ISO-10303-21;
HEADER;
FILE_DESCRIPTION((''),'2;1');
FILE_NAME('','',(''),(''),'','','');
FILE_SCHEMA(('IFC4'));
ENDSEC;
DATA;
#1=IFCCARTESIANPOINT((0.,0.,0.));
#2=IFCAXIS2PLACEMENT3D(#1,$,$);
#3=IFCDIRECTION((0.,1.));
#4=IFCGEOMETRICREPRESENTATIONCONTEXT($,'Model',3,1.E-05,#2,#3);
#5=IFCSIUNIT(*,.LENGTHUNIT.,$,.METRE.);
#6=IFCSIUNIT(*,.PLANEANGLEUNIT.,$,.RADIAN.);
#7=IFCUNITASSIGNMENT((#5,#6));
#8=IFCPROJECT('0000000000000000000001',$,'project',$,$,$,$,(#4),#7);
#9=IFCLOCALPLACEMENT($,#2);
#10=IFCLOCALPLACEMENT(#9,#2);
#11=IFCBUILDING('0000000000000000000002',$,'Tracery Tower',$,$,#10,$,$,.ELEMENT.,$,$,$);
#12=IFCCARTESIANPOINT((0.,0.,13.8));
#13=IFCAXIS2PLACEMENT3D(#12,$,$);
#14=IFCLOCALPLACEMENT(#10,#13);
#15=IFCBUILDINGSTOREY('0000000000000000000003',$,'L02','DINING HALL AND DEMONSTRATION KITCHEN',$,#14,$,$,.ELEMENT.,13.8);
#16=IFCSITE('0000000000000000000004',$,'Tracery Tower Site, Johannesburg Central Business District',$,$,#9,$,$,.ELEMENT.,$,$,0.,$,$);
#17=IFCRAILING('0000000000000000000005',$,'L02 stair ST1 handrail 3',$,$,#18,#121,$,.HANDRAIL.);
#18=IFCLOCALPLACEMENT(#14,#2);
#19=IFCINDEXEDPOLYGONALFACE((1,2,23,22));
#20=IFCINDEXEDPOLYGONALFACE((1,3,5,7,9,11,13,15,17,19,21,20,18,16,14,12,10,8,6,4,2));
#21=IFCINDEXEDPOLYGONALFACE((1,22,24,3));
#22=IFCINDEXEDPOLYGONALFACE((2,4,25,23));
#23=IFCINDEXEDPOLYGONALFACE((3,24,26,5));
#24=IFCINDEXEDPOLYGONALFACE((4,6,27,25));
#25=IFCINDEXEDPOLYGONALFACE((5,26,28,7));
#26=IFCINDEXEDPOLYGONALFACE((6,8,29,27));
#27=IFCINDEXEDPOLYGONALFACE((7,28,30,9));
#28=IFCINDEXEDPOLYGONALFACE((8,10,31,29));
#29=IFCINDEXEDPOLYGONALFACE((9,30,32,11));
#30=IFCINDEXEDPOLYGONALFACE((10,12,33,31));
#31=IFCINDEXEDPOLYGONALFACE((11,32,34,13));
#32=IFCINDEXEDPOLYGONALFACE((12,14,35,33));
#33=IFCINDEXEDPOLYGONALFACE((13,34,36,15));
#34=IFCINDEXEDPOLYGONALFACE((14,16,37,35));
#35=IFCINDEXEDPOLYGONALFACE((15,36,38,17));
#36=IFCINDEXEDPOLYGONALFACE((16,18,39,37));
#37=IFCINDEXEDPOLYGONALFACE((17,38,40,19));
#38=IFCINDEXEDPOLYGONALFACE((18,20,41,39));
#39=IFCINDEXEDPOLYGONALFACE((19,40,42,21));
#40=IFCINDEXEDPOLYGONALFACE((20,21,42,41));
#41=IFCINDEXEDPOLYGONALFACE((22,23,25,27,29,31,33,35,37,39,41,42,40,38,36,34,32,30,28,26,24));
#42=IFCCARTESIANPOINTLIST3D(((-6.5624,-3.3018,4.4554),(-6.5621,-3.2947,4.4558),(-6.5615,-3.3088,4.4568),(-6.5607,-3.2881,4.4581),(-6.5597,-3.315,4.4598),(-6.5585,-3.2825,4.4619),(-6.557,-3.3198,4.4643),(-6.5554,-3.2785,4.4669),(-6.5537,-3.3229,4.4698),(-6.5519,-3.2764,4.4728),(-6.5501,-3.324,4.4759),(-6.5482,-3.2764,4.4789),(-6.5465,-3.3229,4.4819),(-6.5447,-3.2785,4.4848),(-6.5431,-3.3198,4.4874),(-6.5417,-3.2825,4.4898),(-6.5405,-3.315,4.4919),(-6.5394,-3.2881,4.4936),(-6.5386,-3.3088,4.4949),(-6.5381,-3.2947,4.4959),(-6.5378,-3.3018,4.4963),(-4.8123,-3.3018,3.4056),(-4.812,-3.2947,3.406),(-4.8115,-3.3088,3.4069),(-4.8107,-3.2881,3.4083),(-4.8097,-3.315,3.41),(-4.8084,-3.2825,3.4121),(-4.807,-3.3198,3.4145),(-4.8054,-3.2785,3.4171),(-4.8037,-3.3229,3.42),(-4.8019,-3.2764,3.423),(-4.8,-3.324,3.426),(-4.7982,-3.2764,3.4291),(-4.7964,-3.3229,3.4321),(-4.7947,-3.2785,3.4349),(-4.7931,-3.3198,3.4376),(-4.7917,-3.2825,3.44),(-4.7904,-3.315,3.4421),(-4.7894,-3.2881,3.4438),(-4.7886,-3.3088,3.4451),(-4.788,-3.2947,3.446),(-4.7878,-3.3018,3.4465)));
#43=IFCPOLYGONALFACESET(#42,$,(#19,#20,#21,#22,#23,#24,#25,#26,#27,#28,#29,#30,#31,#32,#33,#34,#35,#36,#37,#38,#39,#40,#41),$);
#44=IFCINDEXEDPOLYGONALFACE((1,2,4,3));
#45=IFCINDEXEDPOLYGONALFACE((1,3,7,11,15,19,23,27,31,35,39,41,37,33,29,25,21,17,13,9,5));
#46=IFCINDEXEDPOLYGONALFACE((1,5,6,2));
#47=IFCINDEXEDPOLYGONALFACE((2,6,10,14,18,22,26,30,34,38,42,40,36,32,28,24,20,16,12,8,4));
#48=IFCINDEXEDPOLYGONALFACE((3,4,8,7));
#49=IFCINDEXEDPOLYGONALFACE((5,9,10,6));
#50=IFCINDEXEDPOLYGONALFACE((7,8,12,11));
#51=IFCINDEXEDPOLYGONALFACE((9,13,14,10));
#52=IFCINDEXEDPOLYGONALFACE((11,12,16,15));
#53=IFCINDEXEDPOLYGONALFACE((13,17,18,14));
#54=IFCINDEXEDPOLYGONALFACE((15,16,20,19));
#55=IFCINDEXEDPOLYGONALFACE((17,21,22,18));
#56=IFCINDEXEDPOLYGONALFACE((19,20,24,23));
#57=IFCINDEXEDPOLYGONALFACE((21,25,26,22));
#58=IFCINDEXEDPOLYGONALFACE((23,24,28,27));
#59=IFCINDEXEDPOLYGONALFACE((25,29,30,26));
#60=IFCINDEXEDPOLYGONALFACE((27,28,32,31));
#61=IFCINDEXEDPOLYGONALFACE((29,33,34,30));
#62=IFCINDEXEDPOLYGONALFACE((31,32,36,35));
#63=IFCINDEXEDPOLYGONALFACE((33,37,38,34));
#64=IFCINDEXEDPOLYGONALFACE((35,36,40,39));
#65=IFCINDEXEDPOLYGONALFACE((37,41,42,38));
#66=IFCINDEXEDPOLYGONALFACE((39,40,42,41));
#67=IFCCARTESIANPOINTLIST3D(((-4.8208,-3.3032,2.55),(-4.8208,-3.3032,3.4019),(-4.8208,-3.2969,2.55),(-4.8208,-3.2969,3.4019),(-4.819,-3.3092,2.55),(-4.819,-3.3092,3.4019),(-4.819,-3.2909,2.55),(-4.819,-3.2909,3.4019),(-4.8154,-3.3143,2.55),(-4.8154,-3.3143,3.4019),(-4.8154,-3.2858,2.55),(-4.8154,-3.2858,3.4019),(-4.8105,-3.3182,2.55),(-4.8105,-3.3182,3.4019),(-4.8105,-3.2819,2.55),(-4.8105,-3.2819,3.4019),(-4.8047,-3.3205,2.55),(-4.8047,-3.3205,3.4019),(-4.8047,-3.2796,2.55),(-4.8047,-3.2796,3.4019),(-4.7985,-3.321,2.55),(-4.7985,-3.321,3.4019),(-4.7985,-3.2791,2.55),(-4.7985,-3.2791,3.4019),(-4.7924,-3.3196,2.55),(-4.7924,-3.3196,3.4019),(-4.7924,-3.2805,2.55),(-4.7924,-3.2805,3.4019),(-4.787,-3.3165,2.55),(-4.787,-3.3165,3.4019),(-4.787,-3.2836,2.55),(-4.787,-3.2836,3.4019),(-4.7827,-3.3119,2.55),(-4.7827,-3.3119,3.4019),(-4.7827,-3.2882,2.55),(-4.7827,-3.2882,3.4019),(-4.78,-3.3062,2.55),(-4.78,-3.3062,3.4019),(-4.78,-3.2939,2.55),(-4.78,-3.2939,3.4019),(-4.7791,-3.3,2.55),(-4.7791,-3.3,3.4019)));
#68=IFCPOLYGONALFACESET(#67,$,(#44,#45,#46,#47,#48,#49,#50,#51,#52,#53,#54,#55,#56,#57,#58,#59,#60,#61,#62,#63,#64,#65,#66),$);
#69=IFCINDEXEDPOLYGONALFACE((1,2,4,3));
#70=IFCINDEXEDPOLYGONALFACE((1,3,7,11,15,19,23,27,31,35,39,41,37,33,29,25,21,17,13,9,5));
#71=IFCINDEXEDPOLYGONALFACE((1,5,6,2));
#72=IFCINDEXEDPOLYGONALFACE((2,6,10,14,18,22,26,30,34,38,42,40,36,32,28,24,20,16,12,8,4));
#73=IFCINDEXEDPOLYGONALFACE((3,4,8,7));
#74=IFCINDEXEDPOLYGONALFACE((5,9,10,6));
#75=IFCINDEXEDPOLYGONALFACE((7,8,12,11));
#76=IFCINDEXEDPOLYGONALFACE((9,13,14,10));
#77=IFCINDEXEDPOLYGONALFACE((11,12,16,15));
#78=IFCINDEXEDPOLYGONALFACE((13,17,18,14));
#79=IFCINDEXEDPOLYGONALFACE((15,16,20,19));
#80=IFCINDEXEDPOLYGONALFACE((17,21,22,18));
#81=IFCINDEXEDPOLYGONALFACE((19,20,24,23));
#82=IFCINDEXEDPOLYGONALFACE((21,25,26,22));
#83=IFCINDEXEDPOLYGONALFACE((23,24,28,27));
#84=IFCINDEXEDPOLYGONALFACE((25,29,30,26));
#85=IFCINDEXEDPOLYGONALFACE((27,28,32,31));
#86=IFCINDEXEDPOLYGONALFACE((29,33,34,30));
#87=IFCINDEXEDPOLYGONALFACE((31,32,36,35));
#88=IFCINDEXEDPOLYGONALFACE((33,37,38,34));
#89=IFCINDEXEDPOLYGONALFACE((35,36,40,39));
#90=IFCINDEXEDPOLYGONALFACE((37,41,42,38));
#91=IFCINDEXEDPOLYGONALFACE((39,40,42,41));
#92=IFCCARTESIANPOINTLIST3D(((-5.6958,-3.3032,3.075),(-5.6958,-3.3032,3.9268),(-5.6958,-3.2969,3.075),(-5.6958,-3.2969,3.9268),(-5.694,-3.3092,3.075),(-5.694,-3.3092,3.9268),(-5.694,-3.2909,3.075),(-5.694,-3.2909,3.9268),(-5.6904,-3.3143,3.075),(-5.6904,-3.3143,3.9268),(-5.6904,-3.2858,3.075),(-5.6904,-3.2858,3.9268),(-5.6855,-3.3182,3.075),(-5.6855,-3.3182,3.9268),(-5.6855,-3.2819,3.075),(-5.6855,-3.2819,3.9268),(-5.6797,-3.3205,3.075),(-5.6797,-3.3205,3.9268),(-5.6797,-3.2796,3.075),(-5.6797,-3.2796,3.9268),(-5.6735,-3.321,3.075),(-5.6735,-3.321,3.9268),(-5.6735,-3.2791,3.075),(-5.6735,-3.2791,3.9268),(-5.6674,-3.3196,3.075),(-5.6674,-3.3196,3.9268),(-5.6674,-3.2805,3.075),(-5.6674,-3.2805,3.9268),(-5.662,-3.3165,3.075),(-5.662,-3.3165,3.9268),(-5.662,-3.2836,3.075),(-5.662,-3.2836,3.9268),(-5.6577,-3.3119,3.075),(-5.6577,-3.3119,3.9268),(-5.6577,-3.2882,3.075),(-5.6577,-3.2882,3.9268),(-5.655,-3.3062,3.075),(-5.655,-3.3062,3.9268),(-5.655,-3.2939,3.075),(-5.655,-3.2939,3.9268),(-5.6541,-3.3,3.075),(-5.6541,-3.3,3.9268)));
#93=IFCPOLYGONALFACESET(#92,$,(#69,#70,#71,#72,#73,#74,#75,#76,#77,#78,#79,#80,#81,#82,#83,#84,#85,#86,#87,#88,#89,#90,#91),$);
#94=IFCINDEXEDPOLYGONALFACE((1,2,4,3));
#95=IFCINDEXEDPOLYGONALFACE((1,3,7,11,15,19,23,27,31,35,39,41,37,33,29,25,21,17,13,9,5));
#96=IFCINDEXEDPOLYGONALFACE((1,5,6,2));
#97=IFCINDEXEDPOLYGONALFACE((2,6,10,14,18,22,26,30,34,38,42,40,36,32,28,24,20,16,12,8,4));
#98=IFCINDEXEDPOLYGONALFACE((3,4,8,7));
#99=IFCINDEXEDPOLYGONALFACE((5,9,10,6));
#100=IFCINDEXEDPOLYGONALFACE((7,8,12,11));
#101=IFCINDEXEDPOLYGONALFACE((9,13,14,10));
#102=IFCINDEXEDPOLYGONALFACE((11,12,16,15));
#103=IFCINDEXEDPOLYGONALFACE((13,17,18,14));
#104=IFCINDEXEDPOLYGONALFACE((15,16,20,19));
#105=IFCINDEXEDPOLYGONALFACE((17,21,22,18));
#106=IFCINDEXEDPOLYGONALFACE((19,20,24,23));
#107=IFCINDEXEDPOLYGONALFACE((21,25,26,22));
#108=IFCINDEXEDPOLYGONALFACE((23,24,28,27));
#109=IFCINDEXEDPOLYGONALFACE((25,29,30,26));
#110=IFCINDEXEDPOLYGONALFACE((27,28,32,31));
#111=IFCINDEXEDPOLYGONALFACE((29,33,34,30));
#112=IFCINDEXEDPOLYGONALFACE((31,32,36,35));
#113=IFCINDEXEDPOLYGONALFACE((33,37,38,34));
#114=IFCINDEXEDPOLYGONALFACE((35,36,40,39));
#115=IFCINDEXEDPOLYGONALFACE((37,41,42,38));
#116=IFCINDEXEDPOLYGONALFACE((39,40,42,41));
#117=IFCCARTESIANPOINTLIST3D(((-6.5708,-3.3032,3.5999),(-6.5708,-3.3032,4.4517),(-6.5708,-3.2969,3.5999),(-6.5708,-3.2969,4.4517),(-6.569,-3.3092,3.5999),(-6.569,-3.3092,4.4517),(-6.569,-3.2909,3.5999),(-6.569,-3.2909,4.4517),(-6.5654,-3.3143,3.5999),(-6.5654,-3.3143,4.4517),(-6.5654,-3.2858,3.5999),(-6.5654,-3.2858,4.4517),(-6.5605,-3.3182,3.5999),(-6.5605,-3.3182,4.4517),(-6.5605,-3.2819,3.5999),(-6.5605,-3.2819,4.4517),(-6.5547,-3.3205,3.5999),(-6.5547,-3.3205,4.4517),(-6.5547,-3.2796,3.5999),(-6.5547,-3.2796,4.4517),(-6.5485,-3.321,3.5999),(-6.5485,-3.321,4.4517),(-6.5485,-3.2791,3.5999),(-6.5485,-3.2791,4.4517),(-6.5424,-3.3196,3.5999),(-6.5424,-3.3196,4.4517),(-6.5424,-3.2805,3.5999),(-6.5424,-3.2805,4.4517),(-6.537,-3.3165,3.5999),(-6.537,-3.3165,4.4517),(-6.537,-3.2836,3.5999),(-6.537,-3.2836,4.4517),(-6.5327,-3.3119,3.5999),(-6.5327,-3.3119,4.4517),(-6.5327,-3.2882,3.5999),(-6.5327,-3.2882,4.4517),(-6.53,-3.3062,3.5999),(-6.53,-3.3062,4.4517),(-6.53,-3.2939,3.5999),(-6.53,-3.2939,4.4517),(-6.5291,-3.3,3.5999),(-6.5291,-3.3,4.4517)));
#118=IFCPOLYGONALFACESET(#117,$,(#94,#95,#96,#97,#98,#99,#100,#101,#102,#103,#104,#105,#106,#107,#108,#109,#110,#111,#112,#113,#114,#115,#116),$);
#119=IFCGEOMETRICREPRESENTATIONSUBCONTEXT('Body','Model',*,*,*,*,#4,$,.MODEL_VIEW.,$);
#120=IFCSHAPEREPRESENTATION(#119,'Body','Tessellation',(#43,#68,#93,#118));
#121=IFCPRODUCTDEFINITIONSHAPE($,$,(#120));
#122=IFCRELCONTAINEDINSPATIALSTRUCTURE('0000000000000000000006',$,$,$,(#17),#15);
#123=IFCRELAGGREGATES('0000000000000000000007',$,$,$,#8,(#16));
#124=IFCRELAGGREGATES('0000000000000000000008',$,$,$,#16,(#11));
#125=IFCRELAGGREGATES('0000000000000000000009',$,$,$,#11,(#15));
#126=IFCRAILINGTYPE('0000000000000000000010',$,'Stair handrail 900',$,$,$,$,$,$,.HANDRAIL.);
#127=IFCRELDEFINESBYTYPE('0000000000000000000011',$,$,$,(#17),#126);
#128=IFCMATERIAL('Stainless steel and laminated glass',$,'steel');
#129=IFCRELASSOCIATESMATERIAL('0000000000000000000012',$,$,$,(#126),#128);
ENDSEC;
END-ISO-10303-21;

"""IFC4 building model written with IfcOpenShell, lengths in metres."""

from ifc_helpers import new_model, si_unit, direction, frame, origin, origin_2d, place, context, subcontext, project, spatial, circle, extrude, material, type_object, element, save


model = new_model("IFC4")

# Units and contexts
model_context = context("Model", 3, precision=1e-05, world=origin(), true_north=direction((0.0, 1.0)))
body_context = subcontext(model_context, "Body", "Model", "MODEL_VIEW")
ifc_project = project(units=[si_unit("LENGTHUNIT", "METRE"), si_unit("PLANEANGLEUNIT", "RADIAN")], contexts=[model_context])

# Site, building, storey
site_placement = place(None, origin())
site = spatial("IfcSite", under=ifc_project, at=site_placement, Name="Tracery Tower Site, Johannesburg Central Business District", CompositionType="ELEMENT", RefElevation=0.0)
building_placement = place(site_placement, origin())
building = spatial("IfcBuilding", under=site, at=building_placement, Name="Tracery Tower", CompositionType="ELEMENT")
storey_placement = place(building_placement, frame((0.0, 0.0, 13.8)))
storey = spatial("IfcBuildingStorey", under=building, at=storey_placement, Name="L02", Description="DINING HALL AND DEMONSTRATION KITCHEN", CompositionType="ELEMENT", Elevation=13.8)

# Railing
ifc_material_1 = material(Name="Stainless steel and laminated glass", Category="steel")
railing_type_1 = type_object("IfcRailingType", Name="Stair handrail 900", PredefinedType="HANDRAIL", material=ifc_material_1)
railing_1_placement = place(storey_placement, frame((-4.8, -3.3, 2.55)))
element("IfcRailing", 1, at=railing_1_placement, inside=storey, type_object=railing_type_1, Name="L02 stair ST1 handrail 3", PredefinedType="HANDRAIL", context=body_context, shape_type="SweptSolid", body=[
    extrude(circle(Radius=0.0239, at=origin_2d()), frame((0.0, 0.0, 0.876), z_axis=(-0.857535, 0.0, 0.514425), x_axis=(0.0, -1.0, 0.0)), (0.0, 0.0, 1.0), 2.0408),
    extrude(circle(Radius=0.021, at=origin_2d()), origin(), (0.0, 0.0, 1.0), 0.8518),
    extrude(circle(Radius=0.021, at=origin_2d()), frame((-0.875, 0.0, 0.5249)), (0.0, 0.0, 1.0), 0.8518),
    extrude(circle(Radius=0.021, at=origin_2d()), frame((-1.75, 0.0, 1.0498)), (0.0, 0.0, 1.0), 0.8518),
])

save(model, "model.ifc")
